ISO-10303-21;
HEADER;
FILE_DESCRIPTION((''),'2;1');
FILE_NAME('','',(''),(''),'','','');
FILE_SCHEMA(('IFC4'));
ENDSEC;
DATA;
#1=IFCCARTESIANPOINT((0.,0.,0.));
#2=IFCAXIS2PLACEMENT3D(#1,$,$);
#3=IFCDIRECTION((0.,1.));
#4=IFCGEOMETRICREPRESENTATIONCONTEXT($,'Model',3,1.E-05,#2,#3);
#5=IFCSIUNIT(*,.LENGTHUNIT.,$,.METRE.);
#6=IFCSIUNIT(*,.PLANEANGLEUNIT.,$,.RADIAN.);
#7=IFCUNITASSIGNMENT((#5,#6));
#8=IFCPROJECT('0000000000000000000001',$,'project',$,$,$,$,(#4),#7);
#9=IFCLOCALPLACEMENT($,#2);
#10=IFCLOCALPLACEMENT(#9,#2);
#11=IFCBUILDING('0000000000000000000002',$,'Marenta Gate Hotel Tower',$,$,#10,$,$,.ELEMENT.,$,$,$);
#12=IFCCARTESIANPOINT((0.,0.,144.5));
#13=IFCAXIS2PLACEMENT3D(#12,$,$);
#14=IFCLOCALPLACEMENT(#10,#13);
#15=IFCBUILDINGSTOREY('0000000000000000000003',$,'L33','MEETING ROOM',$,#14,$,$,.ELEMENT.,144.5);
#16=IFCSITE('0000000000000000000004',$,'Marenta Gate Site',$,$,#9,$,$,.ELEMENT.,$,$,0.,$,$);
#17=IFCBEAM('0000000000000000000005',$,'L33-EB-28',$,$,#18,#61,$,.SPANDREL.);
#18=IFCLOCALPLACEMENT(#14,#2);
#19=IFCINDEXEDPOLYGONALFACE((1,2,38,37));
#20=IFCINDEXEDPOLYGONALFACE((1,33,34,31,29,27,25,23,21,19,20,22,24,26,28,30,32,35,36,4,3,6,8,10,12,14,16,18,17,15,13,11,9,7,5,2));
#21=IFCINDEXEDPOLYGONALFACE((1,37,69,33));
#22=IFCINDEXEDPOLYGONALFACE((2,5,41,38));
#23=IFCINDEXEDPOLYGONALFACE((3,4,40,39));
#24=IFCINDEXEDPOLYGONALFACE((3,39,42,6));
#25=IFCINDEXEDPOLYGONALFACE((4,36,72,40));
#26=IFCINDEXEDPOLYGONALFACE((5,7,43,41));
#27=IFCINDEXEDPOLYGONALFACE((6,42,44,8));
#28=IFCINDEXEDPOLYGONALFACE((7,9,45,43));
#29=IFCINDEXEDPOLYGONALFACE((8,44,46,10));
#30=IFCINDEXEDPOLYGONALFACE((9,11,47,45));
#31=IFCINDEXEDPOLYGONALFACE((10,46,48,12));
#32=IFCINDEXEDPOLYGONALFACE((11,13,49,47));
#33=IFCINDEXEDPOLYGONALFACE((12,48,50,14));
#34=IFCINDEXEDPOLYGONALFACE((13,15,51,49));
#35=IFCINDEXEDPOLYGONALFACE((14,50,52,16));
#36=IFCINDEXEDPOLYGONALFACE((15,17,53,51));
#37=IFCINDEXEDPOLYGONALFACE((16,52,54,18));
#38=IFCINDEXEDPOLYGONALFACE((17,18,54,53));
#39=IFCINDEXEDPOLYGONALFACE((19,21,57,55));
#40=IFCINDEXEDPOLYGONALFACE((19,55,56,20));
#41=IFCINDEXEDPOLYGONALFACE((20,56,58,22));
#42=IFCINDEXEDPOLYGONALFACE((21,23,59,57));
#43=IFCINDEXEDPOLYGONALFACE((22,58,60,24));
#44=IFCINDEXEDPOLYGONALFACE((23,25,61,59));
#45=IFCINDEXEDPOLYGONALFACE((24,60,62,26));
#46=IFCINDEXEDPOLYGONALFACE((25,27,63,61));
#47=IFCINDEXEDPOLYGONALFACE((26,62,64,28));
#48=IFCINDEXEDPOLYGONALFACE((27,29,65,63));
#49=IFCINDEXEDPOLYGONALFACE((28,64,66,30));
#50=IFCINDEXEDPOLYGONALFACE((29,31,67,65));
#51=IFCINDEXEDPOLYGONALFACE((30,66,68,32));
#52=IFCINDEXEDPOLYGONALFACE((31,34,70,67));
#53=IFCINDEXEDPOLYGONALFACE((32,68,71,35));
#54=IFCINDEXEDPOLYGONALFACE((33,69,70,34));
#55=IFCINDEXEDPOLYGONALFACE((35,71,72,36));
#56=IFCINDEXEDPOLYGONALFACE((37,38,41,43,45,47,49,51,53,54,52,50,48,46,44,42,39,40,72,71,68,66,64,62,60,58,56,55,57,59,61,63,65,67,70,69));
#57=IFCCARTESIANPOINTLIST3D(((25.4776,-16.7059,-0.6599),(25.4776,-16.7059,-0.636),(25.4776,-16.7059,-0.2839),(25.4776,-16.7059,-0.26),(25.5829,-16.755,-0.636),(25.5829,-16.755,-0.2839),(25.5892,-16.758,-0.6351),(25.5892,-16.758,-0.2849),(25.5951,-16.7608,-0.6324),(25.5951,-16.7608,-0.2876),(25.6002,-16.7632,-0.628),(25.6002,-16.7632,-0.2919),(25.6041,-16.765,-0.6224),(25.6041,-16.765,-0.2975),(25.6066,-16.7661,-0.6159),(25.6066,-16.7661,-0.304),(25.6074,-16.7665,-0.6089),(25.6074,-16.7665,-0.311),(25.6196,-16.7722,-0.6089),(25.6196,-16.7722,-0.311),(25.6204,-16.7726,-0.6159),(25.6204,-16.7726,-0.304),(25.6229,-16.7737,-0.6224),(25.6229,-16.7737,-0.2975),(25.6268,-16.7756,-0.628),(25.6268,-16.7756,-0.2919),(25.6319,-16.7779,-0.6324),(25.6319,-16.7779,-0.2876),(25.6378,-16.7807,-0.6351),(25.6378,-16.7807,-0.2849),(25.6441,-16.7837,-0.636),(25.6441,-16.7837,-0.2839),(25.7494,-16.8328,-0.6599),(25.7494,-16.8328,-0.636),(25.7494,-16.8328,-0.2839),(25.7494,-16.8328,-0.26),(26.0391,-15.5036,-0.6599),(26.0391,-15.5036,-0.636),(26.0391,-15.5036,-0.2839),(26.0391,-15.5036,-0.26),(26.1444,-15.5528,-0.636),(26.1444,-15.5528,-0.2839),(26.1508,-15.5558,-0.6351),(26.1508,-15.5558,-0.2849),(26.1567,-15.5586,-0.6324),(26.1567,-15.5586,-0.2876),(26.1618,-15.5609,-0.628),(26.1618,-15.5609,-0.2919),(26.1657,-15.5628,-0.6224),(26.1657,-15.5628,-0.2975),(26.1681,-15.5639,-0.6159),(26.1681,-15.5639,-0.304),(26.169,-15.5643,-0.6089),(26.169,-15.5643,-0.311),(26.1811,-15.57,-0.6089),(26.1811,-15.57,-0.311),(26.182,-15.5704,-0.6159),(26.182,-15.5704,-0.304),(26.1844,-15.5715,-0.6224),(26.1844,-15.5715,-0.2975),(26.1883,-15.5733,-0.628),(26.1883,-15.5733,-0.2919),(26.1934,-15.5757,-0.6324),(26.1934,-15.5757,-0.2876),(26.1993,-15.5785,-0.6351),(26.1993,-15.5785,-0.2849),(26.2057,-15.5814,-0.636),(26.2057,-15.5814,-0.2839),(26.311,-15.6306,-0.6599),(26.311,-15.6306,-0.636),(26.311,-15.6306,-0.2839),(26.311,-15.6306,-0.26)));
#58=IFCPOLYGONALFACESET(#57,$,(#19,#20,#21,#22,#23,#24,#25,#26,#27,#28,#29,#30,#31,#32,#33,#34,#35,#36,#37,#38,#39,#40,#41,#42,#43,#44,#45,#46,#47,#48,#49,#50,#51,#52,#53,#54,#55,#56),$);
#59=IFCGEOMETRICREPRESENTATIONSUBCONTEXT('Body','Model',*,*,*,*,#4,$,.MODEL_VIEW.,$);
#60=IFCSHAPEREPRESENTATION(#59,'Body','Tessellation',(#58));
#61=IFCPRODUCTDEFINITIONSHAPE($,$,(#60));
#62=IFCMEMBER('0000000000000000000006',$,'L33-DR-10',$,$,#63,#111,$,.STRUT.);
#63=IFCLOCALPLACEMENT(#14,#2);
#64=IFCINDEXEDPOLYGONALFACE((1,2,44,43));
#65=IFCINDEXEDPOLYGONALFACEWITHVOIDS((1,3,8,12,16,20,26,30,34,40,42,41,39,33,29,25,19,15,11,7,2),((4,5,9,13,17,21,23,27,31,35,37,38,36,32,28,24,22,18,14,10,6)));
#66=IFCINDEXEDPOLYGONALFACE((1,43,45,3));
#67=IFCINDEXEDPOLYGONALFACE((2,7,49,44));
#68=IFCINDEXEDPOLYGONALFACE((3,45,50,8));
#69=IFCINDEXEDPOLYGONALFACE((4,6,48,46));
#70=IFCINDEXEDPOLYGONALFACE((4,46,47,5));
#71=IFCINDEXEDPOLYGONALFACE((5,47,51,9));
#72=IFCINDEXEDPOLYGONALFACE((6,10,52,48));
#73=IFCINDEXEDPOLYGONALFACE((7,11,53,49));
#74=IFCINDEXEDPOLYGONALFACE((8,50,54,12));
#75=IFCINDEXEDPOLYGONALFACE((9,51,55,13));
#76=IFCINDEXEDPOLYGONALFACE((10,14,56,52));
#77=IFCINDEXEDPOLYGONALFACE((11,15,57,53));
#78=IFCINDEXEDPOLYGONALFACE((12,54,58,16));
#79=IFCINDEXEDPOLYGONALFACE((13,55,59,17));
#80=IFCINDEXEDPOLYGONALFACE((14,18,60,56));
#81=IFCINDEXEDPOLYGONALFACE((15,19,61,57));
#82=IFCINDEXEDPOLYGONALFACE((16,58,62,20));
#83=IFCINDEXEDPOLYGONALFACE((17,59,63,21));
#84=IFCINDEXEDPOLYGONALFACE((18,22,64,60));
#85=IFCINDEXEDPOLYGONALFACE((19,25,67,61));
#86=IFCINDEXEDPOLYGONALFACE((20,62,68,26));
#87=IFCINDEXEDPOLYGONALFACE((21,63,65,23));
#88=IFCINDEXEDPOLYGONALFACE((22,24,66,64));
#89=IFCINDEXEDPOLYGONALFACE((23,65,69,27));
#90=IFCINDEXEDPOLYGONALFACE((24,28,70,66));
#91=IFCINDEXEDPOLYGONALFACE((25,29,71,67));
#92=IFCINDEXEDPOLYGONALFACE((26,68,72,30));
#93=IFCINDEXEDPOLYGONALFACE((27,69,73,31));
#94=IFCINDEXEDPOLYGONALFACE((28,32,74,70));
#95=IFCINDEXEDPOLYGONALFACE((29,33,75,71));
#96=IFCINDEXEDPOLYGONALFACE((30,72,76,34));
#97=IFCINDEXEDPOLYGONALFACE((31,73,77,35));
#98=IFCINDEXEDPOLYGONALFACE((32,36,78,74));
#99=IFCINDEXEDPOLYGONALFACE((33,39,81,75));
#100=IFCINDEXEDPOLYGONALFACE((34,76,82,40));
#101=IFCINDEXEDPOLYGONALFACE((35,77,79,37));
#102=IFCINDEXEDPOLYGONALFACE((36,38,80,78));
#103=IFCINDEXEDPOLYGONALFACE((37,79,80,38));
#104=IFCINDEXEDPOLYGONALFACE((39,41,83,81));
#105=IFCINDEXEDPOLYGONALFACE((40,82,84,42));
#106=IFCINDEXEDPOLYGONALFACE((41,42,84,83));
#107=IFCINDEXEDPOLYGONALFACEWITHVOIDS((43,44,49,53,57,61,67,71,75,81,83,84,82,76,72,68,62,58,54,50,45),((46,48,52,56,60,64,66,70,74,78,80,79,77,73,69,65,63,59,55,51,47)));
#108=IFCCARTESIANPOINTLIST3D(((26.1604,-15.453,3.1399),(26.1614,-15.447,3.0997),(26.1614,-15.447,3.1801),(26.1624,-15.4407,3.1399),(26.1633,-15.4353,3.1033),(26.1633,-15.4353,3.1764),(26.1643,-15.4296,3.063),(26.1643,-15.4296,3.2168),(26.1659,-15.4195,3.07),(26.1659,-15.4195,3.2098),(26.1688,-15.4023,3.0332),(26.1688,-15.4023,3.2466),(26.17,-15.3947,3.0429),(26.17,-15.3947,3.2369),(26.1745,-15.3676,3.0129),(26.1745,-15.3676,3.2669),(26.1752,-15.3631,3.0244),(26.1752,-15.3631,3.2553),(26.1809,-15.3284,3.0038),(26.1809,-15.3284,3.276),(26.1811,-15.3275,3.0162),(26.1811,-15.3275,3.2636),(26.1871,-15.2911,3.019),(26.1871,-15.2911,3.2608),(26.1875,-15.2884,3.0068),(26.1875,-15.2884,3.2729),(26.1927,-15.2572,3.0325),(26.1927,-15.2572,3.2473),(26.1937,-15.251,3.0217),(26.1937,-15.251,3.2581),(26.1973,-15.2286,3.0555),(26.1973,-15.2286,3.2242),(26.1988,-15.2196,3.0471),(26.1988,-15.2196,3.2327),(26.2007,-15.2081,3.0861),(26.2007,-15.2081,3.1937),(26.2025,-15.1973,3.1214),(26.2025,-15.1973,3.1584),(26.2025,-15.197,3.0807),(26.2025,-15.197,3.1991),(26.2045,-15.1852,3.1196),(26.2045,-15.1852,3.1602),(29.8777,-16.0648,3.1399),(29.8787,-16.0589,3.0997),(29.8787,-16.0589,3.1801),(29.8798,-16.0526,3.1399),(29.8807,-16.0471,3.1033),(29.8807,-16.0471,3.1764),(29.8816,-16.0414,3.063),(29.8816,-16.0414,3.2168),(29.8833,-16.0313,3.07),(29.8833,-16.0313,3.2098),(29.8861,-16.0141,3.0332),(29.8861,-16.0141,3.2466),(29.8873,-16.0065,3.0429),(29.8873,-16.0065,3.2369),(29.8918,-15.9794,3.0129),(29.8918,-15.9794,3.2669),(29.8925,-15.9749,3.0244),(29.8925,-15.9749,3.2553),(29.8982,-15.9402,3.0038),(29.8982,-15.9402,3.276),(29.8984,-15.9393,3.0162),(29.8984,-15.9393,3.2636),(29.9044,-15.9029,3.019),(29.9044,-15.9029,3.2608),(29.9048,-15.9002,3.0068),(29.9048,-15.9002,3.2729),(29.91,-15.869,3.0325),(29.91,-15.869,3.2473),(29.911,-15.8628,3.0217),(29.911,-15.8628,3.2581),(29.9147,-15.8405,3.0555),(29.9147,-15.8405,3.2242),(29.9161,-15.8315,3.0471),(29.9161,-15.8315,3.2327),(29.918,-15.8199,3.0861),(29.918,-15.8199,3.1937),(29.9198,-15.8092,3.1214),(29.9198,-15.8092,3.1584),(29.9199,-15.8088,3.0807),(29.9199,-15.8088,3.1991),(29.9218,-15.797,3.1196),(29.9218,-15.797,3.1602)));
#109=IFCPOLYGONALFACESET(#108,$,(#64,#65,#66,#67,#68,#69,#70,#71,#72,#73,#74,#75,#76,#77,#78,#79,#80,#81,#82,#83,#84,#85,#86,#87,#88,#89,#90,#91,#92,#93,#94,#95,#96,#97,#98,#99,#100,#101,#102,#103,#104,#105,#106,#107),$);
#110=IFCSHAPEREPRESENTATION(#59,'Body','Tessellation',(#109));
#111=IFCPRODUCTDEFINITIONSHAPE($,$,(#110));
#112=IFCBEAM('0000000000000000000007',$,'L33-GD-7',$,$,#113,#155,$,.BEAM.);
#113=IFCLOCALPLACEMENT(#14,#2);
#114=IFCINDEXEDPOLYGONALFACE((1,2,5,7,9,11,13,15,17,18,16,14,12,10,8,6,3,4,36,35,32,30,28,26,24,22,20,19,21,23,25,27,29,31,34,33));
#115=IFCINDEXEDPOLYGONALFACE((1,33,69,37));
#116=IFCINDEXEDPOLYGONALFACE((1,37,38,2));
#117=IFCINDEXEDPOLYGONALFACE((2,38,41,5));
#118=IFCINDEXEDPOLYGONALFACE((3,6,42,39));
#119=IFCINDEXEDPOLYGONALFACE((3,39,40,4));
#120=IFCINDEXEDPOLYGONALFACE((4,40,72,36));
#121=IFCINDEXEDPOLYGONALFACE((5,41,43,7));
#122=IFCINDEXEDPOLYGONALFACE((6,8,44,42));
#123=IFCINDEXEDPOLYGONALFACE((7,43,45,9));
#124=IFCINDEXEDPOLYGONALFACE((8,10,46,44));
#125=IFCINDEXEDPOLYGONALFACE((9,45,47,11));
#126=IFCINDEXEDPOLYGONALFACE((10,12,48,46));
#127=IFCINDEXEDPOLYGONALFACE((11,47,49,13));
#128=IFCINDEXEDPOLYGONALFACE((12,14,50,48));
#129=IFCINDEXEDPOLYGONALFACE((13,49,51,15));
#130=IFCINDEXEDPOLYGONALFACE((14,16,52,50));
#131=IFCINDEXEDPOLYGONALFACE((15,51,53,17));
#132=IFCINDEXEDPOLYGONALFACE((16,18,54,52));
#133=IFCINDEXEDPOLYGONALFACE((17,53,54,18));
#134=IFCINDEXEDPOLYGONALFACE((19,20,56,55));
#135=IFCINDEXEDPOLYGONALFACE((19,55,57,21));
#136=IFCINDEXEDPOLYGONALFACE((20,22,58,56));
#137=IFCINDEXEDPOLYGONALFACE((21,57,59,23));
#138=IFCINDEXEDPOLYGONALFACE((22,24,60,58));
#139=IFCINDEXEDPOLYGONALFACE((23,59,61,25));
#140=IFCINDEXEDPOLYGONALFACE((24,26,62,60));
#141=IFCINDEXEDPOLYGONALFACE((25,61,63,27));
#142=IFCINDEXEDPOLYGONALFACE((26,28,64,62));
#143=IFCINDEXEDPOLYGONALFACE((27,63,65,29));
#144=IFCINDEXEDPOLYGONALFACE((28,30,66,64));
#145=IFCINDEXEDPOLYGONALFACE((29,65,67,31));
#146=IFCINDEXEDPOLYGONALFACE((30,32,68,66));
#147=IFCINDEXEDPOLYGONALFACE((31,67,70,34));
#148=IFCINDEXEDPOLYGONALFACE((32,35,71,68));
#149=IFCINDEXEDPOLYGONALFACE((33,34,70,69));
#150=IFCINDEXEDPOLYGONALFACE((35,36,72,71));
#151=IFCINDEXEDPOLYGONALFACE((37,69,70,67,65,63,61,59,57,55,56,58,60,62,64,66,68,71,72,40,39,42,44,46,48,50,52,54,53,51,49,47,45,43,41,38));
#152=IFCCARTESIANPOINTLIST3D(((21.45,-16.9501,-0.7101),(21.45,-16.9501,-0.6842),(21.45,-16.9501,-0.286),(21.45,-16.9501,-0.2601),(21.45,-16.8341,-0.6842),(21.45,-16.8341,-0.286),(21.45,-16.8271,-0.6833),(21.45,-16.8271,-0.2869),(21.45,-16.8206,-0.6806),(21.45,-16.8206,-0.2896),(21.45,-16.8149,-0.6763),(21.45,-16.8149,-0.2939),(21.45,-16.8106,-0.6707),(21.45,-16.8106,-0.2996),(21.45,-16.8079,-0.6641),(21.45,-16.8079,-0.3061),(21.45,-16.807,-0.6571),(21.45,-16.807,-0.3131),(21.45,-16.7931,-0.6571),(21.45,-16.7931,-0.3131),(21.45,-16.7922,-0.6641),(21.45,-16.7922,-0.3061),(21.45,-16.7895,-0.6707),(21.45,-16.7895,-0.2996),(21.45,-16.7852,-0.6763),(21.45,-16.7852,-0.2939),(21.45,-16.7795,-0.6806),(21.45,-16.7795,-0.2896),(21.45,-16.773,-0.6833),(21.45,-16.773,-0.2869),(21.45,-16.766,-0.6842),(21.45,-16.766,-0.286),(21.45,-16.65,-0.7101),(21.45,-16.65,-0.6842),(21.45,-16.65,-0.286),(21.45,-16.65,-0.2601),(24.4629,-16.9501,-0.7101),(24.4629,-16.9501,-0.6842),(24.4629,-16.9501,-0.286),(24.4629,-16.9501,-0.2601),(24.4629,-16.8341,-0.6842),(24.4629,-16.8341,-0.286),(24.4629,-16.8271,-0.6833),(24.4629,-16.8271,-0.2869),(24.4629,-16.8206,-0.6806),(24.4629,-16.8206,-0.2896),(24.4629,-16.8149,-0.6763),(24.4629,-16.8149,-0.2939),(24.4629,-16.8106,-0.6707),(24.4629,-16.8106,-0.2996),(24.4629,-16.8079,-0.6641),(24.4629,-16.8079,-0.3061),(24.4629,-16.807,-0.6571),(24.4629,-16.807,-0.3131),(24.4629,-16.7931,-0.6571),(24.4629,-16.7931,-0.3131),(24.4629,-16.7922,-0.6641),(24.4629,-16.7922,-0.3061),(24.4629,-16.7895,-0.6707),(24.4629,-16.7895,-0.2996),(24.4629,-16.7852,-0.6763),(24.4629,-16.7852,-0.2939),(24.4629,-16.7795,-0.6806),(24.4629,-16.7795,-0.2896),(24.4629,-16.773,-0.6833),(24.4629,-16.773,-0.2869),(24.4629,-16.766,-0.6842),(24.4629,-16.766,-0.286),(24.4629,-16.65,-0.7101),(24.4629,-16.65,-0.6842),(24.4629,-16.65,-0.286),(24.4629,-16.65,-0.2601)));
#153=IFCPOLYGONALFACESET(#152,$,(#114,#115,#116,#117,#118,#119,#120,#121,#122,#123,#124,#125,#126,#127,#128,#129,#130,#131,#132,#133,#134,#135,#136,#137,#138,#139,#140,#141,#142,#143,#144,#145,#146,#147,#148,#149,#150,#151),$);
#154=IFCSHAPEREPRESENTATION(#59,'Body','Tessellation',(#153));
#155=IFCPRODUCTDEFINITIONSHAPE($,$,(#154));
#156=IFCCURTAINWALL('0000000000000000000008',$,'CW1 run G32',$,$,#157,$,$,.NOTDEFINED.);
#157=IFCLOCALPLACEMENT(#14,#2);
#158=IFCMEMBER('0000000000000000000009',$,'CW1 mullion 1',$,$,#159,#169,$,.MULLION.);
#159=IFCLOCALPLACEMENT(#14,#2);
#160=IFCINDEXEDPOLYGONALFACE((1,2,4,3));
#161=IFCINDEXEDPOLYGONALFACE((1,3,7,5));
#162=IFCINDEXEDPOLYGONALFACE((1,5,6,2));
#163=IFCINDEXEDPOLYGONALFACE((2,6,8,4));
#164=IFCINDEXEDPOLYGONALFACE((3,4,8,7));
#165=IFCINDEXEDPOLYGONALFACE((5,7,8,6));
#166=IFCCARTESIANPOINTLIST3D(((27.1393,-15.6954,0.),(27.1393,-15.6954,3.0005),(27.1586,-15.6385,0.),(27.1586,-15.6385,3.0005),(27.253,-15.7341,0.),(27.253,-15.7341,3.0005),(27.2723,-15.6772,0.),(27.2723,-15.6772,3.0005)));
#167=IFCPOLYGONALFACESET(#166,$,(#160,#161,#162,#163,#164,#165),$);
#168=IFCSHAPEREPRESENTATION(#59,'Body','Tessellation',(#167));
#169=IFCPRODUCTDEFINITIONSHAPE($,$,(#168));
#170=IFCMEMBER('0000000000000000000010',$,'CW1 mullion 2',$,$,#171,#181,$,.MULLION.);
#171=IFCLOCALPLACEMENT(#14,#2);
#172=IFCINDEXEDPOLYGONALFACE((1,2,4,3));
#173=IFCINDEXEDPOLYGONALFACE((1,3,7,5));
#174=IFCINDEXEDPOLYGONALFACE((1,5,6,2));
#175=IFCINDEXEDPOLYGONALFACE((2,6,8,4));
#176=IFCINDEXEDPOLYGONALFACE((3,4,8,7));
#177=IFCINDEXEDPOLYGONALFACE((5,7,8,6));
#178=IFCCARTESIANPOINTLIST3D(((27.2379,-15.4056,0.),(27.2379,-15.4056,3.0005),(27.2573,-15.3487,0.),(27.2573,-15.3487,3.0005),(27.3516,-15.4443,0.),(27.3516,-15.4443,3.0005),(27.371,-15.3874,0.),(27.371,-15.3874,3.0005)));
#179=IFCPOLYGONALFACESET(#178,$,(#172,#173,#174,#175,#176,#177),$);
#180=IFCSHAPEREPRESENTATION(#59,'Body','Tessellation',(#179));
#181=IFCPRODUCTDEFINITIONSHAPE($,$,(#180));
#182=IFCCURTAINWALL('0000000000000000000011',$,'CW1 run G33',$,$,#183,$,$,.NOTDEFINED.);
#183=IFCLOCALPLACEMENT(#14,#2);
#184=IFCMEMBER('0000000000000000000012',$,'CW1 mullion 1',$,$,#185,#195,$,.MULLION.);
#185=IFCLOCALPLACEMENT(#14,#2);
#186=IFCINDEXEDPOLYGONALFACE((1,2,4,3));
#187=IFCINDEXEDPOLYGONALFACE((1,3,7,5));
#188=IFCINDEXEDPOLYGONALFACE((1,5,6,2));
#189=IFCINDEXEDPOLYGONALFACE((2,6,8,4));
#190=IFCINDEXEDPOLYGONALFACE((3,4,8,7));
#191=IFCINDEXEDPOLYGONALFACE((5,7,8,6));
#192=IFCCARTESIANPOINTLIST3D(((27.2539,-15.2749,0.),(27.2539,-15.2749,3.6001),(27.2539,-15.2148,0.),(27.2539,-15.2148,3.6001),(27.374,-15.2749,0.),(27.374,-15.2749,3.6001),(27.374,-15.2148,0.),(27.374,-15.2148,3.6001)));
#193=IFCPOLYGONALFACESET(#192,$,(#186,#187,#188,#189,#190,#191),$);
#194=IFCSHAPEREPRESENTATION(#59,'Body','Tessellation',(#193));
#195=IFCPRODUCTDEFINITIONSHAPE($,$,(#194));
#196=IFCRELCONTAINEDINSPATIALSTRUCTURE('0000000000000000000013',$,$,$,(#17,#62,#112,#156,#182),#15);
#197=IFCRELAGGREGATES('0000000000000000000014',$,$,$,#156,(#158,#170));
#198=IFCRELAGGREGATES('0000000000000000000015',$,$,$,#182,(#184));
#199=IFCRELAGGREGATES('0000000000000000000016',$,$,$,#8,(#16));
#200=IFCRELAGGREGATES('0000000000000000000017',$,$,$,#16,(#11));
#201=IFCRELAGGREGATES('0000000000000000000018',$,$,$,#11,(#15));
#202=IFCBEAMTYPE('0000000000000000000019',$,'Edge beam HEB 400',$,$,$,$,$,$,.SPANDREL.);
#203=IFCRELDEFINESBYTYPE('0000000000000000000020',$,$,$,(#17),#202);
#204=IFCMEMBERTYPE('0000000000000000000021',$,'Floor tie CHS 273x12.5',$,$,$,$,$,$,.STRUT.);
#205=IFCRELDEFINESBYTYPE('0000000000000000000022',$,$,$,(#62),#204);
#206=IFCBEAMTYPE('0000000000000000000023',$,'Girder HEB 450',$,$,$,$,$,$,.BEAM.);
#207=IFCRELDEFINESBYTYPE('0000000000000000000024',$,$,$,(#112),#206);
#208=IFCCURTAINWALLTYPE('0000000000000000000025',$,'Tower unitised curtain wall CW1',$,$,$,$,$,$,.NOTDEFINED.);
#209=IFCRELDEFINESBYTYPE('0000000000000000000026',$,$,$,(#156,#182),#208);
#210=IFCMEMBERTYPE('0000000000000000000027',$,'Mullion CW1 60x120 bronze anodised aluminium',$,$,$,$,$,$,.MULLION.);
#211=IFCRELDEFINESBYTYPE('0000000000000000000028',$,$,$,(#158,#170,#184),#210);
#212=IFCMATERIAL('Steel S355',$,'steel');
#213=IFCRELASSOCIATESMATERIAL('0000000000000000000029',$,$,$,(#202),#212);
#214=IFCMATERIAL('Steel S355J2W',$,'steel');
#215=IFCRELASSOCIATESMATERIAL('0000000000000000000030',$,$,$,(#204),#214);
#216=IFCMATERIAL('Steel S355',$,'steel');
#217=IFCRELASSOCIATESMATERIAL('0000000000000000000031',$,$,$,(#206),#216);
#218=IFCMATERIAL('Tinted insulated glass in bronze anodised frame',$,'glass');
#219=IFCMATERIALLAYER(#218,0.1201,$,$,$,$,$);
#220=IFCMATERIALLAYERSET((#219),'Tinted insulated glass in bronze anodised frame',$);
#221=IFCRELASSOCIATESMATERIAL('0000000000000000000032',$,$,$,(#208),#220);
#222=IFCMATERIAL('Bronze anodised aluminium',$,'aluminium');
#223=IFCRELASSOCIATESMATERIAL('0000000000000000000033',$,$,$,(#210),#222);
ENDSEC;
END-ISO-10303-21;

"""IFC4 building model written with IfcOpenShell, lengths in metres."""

from ifc_helpers import new_model, si_unit, direction, frame, origin, origin_2d, place, context, subcontext, project, spatial, rectangle, hollow_circle, i_section, extrude, material, layer, layer_set, material_profile, profile_set, type_object, element, aggregate, save


model = new_model("IFC4")

# Units and contexts
model_context = context("Model", 3, precision=1e-05, world=origin(), true_north=direction((0.0, 1.0)))
body_context = subcontext(model_context, "Body", "Model", "MODEL_VIEW")
ifc_project = project(units=[si_unit("LENGTHUNIT", "METRE"), si_unit("PLANEANGLEUNIT", "RADIAN")], contexts=[model_context])

# Site, building, storey
site_placement = place(None, origin())
site = spatial("IfcSite", under=ifc_project, at=site_placement, Name="Marenta Gate Site", CompositionType="ELEMENT", RefElevation=0.0)
building_placement = place(site_placement, origin())
building = spatial("IfcBuilding", under=site, at=building_placement, Name="Marenta Gate Hotel Tower", CompositionType="ELEMENT")
storey_placement = place(building_placement, frame((0.0, 0.0, 144.5)))
storey = spatial("IfcBuildingStorey", under=building, at=storey_placement, Name="L33", Description="MEETING ROOM", CompositionType="ELEMENT", Elevation=144.5)

# Beam
ifc_material_1 = material(Name="Steel S355", Category="steel")
ifc_material_profile_1 = material_profile(ifc_material_1, i_section(OverallWidth=0.3, OverallDepth=0.3999, WebThickness=0.0134, FlangeThickness=0.0239, FilletRadius=0.0271, at=origin_2d()), Name="HEB 400")
ifc_profile_set_1 = profile_set([ifc_material_profile_1], Name="Steel S355")
beam_type_1 = type_object("IfcBeamType", Name="Edge beam HEB 400", PredefinedType="SPANDREL", material=ifc_profile_set_1)
beam_1_placement = place(storey_placement, frame((26.175, -15.5671, -0.46), z_axis=(-0.423208, -0.906033, 0.0), x_axis=(0.906033, -0.423208, 0.0)))
element("IfcBeam", 1, at=beam_1_placement, inside=storey, type_object=beam_type_1, Name="L33-EB-28", PredefinedType="SPANDREL", context=body_context, shape_type="SweptSolid", body=[
    extrude(i_section(OverallWidth=0.3, OverallDepth=0.3999, WebThickness=0.0134, FlangeThickness=0.0239, FilletRadius=0.0271, at=origin_2d()), origin(), (0.0, 0.0, 1.0), 1.3269),
])

# Member
ifc_material_2 = material(Name="Steel S355J2W", Category="steel")
ifc_material_profile_2 = material_profile(ifc_material_2, hollow_circle(Radius=0.1365, WallThickness=0.0125, at=origin_2d()), Name="CHS 273x12.5")
ifc_profile_set_2 = profile_set([ifc_material_profile_2], Name="Steel S355J2W")
member_type_1 = type_object("IfcMemberType", Name="Floor tie CHS 273x12.5", PredefinedType="STRUT", material=ifc_profile_set_2)
member_1_placement = place(storey_placement, frame((29.8999, -15.9302, 3.1399), z_axis=(-0.986725, 0.162402, 0.0), x_axis=(-0.162402, -0.986725, 0.0)))
element("IfcMember", 2, at=member_1_placement, inside=storey, type_object=member_type_1, Name="L33-DR-10", PredefinedType="STRUT", context=body_context, shape_type="SweptSolid", body=[
    extrude(hollow_circle(Radius=0.1365, WallThickness=0.0125, at=origin_2d()), origin(), (0.0, 0.0, 1.0), 3.7673),
])

# Beam
ifc_material_3 = material(Name="Steel S355", Category="steel")
ifc_material_profile_3 = material_profile(ifc_material_3, i_section(OverallWidth=0.3, OverallDepth=0.45, WebThickness=0.0139, FlangeThickness=0.0259, FilletRadius=0.0271, at=origin_2d()), Name="HEB 450")
ifc_profile_set_3 = profile_set([ifc_material_profile_3], Name="Steel S355")
beam_type_2 = type_object("IfcBeamType", Name="Girder HEB 450", PredefinedType="BEAM", material=ifc_profile_set_3)
beam_2_placement = place(storey_placement, frame((21.45, -16.8, -0.4851), z_axis=(1.0, 0.0, 0.0), x_axis=(0.0, 1.0, 0.0)))
element("IfcBeam", 3, at=beam_2_placement, inside=storey, type_object=beam_type_2, Name="L33-GD-7", PredefinedType="BEAM", context=body_context, shape_type="SweptSolid", body=[
    extrude(i_section(OverallWidth=0.3, OverallDepth=0.45, WebThickness=0.0139, FlangeThickness=0.0259, FilletRadius=0.0271, at=origin_2d()), origin(), (0.0, 0.0, 1.0), 3.0129),
])

# Curtain wall, members
ifc_material_4 = material(Name="Tinted insulated glass in bronze anodised frame", Category="glass")
ifc_layer_1 = layer(ifc_material_4, 0.1201)
ifc_layer_set_1 = layer_set([ifc_layer_1], Name="Tinted insulated glass in bronze anodised frame")
curtain_wall_type = type_object("IfcCurtainWallType", Name="Tower unitised curtain wall CW1", PredefinedType="NOTDEFINED", material=ifc_layer_set_1)
curtain_wall_1_placement = place(storey_placement, origin())
curtain_wall_1 = element("IfcCurtainWall", 4, at=curtain_wall_1_placement, inside=storey, type_object=curtain_wall_type, Name="CW1 run G32", PredefinedType="NOTDEFINED")
ifc_material_5 = material(Name="Bronze anodised aluminium", Category="aluminium")
ifc_material_profile_4 = material_profile(ifc_material_5, rectangle(XDim=0.1201, YDim=0.0601, at=origin_2d()), Name="Mullion CW1 60x120 bronze anodised aluminium")
ifc_profile_set_4 = profile_set([ifc_material_profile_4], Name="Bronze anodised aluminium")
member_type_2 = type_object("IfcMemberType", Name="Mullion CW1 60x120 bronze anodised aluminium", PredefinedType="MULLION", material=ifc_profile_set_4)
member_2_placement = place(storey_placement, frame((27.2058, -15.6863, 0.0), z_axis=(0.0, 0.0, 1.0), x_axis=(-0.946726, 0.32204, 0.0)))
member_2 = element("IfcMember", 5, at=member_2_placement, type_object=member_type_2, Name="CW1 mullion 1", PredefinedType="MULLION", context=body_context, shape_type="SweptSolid", body=[
    extrude(rectangle(XDim=0.1201, YDim=0.0601, at=origin_2d()), origin(), (0.0, 0.0, 1.0), 3.0005),
])
member_3_placement = place(storey_placement, frame((27.3044, -15.3965, 0.0), z_axis=(0.0, 0.0, 1.0), x_axis=(-0.946726, 0.32204, 0.0)))
member_3 = element("IfcMember", 6, at=member_3_placement, type_object=member_type_2, Name="CW1 mullion 2", PredefinedType="MULLION", context=body_context, shape_type="SweptSolid", body=[
    extrude(rectangle(XDim=0.1201, YDim=0.0601, at=origin_2d()), origin(), (0.0, 0.0, 1.0), 3.0005),
])

# Curtain wall, member
curtain_wall_2_placement = place(storey_placement, origin())
curtain_wall_2 = element("IfcCurtainWall", 7, at=curtain_wall_2_placement, inside=storey, type_object=curtain_wall_type, Name="CW1 run G33", PredefinedType="NOTDEFINED")
member_4_placement = place(storey_placement, frame((27.314, -15.2449, 0.0), z_axis=(0.0, 0.0, 1.0), x_axis=(-1.0, 0.0, 0.0)))
member_4 = element("IfcMember", 8, at=member_4_placement, type_object=member_type_2, Name="CW1 mullion 1", PredefinedType="MULLION", context=body_context, shape_type="SweptSolid", body=[
    extrude(rectangle(XDim=0.1201, YDim=0.0601, at=origin_2d()), origin(), (0.0, 0.0, 1.0), 3.6001),
])

aggregate(curtain_wall_1, [member_2, member_3])
aggregate(curtain_wall_2, [member_4])

save(model, "model.ifc")
